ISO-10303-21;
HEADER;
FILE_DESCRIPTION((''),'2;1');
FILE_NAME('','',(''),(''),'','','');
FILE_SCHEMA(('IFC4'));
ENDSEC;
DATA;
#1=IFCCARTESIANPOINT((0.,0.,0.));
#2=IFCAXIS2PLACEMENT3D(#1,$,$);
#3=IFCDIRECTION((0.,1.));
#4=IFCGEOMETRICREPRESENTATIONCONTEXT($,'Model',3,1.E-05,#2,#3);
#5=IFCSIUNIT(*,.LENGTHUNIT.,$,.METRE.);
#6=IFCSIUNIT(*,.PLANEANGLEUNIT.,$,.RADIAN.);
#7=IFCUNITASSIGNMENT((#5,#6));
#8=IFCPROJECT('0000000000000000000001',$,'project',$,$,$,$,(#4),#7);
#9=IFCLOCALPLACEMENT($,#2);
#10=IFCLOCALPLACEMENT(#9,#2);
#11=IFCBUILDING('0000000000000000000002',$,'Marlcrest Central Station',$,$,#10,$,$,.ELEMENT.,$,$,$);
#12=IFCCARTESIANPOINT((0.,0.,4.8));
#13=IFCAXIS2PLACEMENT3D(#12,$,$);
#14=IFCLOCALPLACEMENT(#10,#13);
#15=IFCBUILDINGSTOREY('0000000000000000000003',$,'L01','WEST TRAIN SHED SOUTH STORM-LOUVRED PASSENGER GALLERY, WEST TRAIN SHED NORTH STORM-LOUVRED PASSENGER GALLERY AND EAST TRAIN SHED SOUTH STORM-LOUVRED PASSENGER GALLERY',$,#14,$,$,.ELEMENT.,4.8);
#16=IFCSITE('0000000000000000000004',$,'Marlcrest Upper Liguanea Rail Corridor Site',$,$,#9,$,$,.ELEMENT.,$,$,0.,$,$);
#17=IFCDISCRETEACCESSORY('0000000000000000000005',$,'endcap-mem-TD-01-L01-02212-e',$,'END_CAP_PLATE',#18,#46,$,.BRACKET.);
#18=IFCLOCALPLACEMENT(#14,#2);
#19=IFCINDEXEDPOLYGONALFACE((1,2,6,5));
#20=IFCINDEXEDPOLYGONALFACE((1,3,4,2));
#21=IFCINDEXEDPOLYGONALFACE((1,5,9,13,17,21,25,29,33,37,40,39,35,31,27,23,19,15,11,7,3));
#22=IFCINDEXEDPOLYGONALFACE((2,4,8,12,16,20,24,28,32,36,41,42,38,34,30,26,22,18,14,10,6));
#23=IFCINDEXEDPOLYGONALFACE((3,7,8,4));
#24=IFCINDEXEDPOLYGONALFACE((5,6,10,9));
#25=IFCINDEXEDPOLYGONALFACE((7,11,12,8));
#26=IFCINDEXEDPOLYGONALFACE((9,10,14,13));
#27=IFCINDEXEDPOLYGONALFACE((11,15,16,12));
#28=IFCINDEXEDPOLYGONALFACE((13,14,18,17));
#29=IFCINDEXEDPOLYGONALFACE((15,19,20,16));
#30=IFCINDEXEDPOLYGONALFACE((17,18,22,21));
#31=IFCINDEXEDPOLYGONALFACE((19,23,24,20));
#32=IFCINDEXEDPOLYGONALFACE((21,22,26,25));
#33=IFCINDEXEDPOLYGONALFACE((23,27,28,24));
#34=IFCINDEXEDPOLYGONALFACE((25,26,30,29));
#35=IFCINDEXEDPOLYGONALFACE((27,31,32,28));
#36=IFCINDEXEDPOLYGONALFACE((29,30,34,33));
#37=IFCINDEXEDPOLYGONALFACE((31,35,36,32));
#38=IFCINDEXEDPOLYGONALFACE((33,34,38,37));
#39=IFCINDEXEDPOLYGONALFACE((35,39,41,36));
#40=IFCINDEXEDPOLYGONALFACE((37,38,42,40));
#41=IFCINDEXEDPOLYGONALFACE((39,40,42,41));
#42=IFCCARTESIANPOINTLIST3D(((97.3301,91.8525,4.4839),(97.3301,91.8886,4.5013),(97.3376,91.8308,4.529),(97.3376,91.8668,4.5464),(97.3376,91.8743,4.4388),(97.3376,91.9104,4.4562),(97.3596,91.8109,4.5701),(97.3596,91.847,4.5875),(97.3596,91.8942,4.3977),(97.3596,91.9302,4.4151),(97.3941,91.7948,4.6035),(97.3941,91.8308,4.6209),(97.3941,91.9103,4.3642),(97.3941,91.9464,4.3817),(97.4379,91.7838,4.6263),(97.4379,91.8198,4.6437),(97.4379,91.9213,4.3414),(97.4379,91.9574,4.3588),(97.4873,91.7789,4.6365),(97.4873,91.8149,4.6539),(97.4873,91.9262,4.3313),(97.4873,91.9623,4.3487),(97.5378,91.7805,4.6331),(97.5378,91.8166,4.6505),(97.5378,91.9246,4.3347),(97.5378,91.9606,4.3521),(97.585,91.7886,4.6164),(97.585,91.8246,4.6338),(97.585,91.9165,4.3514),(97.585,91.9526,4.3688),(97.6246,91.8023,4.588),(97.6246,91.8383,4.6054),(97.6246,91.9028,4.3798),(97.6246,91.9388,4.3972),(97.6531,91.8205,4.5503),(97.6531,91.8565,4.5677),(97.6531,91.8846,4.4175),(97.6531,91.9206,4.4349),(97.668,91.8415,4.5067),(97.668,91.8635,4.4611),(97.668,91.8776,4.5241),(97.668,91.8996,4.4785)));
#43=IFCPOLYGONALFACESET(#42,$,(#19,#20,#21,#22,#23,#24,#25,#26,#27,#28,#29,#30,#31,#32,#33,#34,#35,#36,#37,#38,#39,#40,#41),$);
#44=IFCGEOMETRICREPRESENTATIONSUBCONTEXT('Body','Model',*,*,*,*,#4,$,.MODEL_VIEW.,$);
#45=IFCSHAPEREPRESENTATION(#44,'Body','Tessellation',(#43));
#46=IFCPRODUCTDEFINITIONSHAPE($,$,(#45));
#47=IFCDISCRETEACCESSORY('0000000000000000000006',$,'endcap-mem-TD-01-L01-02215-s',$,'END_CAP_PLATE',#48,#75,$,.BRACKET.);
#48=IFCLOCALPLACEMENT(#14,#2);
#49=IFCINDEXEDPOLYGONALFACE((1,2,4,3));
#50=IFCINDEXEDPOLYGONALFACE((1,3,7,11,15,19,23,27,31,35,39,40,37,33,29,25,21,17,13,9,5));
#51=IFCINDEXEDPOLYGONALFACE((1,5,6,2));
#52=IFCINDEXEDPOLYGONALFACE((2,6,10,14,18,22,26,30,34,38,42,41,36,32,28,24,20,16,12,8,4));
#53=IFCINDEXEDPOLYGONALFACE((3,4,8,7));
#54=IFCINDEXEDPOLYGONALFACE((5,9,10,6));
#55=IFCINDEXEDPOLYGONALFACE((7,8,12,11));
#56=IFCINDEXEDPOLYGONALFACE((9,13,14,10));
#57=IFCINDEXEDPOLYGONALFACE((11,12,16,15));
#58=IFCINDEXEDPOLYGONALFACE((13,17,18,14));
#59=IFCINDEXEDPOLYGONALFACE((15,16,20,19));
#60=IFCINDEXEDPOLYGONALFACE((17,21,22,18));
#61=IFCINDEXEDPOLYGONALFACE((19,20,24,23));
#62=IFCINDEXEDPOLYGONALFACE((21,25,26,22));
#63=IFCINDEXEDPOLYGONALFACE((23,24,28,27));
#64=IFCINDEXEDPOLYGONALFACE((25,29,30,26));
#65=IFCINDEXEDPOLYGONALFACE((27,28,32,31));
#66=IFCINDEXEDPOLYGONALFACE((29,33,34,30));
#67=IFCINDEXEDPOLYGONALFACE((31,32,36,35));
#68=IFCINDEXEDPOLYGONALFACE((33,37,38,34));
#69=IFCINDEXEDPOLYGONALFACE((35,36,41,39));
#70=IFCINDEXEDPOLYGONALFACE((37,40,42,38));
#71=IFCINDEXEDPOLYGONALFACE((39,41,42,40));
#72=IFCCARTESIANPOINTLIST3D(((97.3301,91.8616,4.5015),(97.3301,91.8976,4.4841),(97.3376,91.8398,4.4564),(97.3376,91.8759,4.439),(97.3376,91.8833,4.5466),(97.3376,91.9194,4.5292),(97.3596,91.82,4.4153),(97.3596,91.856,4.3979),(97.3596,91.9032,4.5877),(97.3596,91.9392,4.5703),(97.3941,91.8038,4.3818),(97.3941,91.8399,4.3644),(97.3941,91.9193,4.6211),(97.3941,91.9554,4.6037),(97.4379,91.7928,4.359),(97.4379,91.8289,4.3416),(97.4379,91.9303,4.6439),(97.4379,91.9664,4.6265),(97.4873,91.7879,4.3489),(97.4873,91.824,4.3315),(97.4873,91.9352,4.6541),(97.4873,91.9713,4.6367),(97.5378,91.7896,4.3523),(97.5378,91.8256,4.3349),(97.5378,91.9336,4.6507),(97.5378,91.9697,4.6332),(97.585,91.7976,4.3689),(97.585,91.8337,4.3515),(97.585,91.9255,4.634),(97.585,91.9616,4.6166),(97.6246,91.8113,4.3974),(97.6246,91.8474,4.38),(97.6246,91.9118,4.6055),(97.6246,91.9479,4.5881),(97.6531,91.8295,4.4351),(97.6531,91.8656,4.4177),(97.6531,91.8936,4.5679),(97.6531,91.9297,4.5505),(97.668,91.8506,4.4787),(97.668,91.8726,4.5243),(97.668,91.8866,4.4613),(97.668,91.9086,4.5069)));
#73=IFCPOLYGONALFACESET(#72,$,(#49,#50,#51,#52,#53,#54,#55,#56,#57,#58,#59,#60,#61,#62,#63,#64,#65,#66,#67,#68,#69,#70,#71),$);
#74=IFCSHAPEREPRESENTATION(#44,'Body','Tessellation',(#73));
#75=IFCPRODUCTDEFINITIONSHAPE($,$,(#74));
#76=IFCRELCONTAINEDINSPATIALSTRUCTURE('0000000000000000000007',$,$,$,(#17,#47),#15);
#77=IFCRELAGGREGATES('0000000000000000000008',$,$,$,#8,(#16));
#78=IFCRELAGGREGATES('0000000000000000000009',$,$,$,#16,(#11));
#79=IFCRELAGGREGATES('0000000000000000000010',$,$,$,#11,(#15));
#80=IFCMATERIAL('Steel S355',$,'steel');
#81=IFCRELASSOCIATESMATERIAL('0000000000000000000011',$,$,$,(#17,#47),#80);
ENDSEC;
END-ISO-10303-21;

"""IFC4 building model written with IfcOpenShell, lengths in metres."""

from ifc_helpers import new_model, si_unit, direction, frame, origin, origin_2d, place, context, subcontext, project, spatial, circle, extrude, material, element, save


model = new_model("IFC4")

# Units and contexts
model_context = context("Model", 3, precision=1e-05, world=origin(), true_north=direction((0.0, 1.0)))
body_context = subcontext(model_context, "Body", "Model", "MODEL_VIEW")
ifc_project = project(units=[si_unit("LENGTHUNIT", "METRE"), si_unit("PLANEANGLEUNIT", "RADIAN")], contexts=[model_context])

# Site, building, storey
site_placement = place(None, origin())
site = spatial("IfcSite", under=ifc_project, at=site_placement, Name="Marlcrest Upper Liguanea Rail Corridor Site", CompositionType="ELEMENT", RefElevation=0.0)
building_placement = place(site_placement, origin())
building = spatial("IfcBuilding", under=site, at=building_placement, Name="Marlcrest Central Station", CompositionType="ELEMENT")
storey_placement = place(building_placement, frame((0.0, 0.0, 4.8)))
storey = spatial("IfcBuildingStorey", under=building, at=storey_placement, Name="L01", Description="WEST TRAIN SHED SOUTH STORM-LOUVRED PASSENGER GALLERY, WEST TRAIN SHED NORTH STORM-LOUVRED PASSENGER GALLERY AND EAST TRAIN SHED SOUTH STORM-LOUVRED PASSENGER GALLERY", CompositionType="ELEMENT", Elevation=4.8)

# Shared definitions
ifc_material = material(Name="Steel S355", Category="steel")

# Discrete accessories
for number, where, z_axis, x_axis, name in (
    (1, (97.5, 91.8525, 4.4839), (0.0, 0.900552, 0.434749), (-1.0, 0.0, 0.0), "endcap-mem-TD-01-L01-02212-e"),
    (2, (97.5, 91.8616, 4.5015), (0.0, 0.900552, -0.434749), (-1.0, 0.0, 0.0), "endcap-mem-TD-01-L01-02215-s"),
):
    element("IfcDiscreteAccessory", number, at=place(storey_placement, frame(where, z_axis=z_axis, x_axis=x_axis)), inside=storey, material=ifc_material, Name=name, ObjectType="END_CAP_PLATE", PredefinedType="BRACKET", context=body_context, shape_type="SweptSolid", body=[
        extrude(circle(Radius=0.1699, at=origin_2d()), origin(), (0.0, 0.0, 1.0), 0.04),
    ])

save(model, "model.ifc")
